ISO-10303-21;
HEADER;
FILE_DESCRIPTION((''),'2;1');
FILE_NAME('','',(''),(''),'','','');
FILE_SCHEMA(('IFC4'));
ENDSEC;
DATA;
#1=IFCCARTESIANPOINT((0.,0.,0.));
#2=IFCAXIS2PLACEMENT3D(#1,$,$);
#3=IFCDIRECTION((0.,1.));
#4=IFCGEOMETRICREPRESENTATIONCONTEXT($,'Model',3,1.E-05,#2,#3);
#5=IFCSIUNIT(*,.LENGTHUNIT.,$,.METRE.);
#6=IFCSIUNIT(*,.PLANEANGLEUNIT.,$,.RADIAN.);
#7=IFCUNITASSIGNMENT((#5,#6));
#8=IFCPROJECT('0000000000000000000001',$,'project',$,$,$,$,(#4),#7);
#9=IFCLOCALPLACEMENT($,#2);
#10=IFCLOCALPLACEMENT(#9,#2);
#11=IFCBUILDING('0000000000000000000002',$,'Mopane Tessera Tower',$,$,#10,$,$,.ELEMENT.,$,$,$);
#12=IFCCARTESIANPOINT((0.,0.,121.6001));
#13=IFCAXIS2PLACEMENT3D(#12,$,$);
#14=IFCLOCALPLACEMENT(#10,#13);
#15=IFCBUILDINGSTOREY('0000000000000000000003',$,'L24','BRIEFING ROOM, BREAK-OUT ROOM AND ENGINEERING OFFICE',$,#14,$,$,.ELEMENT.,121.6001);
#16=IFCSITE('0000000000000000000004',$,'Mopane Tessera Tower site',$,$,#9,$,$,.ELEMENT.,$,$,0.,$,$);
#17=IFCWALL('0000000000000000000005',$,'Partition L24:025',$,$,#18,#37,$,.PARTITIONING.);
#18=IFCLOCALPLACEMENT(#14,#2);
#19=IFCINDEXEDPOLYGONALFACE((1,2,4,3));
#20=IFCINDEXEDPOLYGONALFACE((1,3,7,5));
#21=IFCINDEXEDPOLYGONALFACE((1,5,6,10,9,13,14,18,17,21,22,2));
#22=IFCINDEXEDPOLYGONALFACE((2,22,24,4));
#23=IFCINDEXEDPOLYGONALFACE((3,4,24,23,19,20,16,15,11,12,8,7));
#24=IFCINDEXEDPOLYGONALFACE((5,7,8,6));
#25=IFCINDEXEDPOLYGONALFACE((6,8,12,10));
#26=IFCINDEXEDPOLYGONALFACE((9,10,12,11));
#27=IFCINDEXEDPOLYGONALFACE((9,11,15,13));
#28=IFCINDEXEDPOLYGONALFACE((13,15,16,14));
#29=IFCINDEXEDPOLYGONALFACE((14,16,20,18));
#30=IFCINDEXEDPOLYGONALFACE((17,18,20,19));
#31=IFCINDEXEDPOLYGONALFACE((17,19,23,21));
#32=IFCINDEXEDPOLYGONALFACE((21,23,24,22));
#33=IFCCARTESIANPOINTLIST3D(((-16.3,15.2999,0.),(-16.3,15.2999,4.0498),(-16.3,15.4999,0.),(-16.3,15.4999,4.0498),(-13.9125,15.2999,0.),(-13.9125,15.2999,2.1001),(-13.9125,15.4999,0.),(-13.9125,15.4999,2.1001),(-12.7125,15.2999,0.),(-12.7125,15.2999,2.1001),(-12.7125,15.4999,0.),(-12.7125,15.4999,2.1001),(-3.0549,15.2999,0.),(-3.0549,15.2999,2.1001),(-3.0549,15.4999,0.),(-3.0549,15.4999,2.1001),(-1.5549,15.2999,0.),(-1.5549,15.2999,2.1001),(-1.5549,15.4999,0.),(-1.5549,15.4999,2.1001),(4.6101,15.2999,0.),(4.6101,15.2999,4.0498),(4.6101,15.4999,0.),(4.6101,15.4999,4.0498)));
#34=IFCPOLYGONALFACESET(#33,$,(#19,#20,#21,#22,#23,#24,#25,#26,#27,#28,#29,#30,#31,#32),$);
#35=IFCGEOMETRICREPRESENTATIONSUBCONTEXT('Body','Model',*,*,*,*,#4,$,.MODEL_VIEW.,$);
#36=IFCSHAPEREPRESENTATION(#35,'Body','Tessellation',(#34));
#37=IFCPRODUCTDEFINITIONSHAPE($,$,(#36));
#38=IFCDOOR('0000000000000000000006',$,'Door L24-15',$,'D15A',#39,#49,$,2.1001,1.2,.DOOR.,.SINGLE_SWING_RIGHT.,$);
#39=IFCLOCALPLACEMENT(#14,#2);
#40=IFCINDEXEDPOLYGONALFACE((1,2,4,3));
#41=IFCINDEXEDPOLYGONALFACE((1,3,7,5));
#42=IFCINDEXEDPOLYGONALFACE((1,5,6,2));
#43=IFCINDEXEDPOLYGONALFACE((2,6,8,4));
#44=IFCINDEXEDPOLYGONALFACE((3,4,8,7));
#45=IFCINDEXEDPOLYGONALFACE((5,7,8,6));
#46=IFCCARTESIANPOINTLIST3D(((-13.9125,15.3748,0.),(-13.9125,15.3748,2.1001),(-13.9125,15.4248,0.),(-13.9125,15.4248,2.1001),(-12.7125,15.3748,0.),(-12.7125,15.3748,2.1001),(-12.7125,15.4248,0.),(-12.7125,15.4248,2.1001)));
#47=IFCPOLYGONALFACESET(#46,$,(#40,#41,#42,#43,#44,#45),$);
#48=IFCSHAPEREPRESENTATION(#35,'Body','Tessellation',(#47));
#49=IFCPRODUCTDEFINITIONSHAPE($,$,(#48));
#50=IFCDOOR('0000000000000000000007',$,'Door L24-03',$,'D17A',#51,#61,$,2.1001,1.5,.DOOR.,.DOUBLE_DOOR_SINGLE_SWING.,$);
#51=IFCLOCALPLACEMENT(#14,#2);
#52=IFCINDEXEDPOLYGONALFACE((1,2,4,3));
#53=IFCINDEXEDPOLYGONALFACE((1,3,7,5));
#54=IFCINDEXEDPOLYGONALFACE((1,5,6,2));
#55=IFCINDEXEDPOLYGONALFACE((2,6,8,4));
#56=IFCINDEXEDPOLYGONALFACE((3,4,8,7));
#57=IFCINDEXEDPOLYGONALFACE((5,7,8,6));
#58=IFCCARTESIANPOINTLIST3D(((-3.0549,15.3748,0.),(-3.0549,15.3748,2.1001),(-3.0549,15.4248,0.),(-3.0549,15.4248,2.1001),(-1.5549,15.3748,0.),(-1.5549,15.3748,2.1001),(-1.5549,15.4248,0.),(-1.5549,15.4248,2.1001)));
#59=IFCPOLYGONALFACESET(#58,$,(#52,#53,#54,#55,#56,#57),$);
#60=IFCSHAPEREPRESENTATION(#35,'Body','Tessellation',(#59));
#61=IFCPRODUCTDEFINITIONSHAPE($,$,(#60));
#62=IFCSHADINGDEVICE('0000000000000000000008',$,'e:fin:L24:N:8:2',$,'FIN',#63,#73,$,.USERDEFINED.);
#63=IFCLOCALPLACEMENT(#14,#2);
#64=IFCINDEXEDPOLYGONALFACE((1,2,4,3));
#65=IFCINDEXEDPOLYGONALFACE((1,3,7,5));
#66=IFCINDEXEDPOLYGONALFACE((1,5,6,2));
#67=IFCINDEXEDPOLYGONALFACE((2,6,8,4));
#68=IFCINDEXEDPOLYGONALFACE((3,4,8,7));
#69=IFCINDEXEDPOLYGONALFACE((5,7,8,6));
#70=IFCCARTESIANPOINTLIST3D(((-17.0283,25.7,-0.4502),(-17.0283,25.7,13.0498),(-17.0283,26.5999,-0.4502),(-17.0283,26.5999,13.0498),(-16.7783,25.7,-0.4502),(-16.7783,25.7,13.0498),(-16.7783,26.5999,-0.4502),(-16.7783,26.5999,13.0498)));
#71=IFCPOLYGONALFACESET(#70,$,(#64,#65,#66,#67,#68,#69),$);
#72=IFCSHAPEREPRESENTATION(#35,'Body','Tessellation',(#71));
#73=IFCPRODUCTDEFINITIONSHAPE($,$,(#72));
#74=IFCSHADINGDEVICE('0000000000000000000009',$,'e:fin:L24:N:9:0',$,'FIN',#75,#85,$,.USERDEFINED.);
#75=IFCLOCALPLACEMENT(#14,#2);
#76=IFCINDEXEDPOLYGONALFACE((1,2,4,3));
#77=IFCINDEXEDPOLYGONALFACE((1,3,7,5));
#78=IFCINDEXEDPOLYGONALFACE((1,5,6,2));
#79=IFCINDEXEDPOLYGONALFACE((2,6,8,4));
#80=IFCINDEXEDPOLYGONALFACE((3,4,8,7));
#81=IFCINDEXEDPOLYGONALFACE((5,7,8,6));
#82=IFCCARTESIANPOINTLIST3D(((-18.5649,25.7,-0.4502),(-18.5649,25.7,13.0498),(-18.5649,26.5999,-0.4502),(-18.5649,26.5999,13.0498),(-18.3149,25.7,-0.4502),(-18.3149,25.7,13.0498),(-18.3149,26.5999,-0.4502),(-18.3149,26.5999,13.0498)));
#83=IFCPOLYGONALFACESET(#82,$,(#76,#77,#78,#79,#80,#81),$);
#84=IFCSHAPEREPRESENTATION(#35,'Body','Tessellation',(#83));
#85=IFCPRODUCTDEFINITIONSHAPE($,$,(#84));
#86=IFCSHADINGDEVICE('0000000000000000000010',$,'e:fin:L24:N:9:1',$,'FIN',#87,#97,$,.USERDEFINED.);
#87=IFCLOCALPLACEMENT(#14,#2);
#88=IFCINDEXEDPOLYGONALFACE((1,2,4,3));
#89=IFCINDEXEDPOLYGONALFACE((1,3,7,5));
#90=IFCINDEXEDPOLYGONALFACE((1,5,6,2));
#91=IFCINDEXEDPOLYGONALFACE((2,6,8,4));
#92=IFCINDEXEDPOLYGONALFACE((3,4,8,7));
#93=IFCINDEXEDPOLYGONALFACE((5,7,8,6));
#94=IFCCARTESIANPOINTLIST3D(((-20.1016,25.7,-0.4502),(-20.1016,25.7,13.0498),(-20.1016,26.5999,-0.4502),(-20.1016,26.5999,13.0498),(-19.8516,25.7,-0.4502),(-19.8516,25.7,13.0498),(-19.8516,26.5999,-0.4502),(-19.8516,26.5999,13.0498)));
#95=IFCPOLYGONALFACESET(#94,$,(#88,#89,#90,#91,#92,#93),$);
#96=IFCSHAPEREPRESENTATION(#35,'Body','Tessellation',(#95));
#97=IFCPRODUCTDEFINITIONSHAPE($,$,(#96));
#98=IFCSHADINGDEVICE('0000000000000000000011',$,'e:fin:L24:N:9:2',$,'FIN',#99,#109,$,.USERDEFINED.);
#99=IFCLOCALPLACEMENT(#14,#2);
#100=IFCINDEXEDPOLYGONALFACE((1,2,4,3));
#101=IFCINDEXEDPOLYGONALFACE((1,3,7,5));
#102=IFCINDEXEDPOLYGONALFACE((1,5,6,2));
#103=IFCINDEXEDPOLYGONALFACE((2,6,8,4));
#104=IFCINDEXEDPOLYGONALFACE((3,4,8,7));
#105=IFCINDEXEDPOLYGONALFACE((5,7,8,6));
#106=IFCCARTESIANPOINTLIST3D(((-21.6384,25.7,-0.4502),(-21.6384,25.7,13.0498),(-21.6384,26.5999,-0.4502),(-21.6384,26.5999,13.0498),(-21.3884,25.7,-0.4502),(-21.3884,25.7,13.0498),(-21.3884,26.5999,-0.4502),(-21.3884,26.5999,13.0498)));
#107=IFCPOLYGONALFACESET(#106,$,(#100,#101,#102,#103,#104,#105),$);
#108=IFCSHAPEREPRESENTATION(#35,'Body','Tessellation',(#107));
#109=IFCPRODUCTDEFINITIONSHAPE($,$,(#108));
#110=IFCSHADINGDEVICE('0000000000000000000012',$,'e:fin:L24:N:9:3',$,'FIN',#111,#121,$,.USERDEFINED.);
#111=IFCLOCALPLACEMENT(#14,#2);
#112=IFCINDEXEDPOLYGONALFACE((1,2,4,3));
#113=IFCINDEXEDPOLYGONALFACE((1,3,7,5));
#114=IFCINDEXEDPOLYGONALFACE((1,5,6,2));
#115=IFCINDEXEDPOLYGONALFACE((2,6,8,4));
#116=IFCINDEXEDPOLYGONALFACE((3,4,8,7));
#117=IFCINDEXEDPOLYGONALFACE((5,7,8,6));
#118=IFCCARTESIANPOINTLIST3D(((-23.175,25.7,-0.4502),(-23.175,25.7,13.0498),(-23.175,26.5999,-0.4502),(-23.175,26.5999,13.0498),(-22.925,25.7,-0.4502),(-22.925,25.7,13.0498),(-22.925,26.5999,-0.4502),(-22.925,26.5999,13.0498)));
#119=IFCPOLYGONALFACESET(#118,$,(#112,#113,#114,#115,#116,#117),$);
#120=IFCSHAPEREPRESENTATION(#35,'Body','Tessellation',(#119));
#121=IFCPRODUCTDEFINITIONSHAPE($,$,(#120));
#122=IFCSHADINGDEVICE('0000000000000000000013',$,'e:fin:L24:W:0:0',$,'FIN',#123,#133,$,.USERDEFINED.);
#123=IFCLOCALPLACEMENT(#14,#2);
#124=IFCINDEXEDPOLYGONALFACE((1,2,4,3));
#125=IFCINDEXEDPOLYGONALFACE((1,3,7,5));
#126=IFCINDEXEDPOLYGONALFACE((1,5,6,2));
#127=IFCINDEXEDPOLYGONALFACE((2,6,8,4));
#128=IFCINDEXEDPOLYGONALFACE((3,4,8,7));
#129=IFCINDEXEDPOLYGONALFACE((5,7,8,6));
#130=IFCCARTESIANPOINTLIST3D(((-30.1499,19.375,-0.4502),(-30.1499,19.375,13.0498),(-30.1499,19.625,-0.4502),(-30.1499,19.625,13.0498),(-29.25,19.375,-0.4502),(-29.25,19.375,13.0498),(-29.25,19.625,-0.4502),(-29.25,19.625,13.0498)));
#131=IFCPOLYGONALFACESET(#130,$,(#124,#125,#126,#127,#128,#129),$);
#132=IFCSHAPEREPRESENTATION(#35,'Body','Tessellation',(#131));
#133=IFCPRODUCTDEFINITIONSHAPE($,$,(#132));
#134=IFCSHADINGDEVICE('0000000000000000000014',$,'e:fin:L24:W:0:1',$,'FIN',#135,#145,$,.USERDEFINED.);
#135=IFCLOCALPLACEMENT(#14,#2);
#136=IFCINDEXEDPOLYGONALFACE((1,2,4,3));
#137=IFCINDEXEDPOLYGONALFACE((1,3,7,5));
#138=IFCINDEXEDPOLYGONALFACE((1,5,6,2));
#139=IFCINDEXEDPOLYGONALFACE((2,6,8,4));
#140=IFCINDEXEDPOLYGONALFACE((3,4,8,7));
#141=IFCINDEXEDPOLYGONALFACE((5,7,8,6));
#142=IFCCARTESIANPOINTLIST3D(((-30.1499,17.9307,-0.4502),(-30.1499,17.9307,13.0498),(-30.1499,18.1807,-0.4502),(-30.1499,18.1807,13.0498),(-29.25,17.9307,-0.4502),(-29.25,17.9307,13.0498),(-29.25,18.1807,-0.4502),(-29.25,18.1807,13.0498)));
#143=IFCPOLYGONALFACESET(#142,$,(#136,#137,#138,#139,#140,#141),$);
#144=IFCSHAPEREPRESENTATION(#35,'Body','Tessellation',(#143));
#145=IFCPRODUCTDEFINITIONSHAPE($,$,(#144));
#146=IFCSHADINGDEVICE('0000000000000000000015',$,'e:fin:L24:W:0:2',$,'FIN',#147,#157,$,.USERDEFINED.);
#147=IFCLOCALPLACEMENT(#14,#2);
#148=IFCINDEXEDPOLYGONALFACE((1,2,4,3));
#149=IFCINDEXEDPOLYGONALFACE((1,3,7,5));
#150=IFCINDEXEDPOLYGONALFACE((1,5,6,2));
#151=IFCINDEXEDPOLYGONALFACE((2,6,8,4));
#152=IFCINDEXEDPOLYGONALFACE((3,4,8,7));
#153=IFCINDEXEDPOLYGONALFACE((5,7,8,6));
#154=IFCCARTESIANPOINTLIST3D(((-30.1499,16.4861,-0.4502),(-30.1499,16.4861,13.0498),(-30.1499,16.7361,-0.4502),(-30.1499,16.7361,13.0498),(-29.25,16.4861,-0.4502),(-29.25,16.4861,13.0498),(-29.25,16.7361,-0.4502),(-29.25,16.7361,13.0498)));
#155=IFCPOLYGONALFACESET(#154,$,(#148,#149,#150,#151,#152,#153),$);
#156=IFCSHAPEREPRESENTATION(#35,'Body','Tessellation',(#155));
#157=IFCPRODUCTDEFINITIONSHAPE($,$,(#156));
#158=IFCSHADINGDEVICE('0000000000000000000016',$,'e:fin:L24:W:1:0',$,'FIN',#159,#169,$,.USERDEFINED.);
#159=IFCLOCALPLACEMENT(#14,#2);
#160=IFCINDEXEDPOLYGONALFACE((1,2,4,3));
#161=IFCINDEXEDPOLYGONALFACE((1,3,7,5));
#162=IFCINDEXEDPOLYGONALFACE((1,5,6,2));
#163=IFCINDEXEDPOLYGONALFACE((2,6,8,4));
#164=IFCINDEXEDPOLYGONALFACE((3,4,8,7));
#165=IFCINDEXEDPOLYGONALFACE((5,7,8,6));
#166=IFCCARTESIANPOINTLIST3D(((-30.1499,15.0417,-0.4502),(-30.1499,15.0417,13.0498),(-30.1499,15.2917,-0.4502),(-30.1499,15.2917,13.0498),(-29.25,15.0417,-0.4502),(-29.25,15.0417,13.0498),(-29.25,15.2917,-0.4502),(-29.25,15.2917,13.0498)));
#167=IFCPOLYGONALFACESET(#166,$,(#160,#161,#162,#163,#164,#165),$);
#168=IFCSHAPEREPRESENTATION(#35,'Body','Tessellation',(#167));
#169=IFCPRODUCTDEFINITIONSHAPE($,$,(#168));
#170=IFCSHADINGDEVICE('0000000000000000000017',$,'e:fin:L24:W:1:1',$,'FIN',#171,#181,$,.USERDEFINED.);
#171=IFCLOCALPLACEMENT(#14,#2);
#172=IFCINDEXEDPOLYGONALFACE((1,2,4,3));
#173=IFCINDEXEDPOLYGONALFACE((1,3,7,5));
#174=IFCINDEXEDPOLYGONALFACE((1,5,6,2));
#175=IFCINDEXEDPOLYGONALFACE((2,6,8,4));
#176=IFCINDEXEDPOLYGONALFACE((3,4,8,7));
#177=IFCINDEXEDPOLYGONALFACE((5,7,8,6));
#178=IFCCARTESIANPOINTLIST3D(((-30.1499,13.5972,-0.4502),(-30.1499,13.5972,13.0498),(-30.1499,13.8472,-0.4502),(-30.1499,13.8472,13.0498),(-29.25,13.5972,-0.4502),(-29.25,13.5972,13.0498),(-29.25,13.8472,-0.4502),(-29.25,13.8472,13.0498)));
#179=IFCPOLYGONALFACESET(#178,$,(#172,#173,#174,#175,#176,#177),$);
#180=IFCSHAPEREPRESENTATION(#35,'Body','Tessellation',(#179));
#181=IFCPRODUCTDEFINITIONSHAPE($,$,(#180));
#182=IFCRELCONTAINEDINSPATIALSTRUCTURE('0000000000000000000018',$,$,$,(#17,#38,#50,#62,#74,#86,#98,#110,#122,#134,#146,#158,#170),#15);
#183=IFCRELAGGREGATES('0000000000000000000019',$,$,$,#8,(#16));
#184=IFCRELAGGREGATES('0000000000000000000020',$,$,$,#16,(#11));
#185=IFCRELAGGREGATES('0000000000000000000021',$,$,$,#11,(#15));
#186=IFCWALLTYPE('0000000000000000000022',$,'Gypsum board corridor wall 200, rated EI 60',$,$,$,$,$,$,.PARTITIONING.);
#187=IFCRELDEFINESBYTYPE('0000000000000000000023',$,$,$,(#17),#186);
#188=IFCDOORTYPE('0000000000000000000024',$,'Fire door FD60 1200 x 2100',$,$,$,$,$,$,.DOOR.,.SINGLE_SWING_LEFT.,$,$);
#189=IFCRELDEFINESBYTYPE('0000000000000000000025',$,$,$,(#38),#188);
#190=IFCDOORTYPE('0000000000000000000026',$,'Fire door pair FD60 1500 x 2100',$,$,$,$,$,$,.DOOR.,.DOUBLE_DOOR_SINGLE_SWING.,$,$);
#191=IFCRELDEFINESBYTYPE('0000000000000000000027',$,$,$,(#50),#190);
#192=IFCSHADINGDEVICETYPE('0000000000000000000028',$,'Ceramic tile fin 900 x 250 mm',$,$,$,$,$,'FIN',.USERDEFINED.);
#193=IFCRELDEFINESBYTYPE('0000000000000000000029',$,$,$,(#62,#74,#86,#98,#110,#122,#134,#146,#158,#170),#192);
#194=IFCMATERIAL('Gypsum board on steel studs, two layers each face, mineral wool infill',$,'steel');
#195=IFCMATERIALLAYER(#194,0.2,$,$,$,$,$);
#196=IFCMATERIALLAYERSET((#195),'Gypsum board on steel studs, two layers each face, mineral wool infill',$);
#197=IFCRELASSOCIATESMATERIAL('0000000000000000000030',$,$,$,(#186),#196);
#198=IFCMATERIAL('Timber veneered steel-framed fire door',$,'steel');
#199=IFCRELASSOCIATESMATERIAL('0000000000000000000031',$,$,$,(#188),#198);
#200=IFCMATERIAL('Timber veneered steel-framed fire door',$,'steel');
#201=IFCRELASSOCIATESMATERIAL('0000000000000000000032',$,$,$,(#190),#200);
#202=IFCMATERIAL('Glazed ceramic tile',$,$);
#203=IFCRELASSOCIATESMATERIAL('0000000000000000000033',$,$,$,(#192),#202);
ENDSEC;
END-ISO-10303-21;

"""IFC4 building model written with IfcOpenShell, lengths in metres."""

from ifc_helpers import new_model, si_unit, direction, frame, frame_2d, origin, origin_2d, place, context, subcontext, project, spatial, rectangle, extrude, material, layer, layer_set, type_object, element, fill, save


model = new_model("IFC4")

# Units and contexts
model_context = context("Model", 3, precision=1e-05, world=origin(), true_north=direction((0.0, 1.0)))
body_context = subcontext(model_context, "Body", "Model", "MODEL_VIEW")
ifc_project = project(units=[si_unit("LENGTHUNIT", "METRE"), si_unit("PLANEANGLEUNIT", "RADIAN")], contexts=[model_context])

# Site, building, storey
site_placement = place(None, origin())
site = spatial("IfcSite", under=ifc_project, at=site_placement, Name="Mopane Tessera Tower site", CompositionType="ELEMENT", RefElevation=0.0)
building_placement = place(site_placement, origin())
building = spatial("IfcBuilding", under=site, at=building_placement, Name="Mopane Tessera Tower", CompositionType="ELEMENT")
storey_placement = place(building_placement, frame((0.0, 0.0, 121.6001)))
storey = spatial("IfcBuildingStorey", under=building, at=storey_placement, Name="L24", Description="BRIEFING ROOM, BREAK-OUT ROOM AND ENGINEERING OFFICE", CompositionType="ELEMENT", Elevation=121.6001)

# Wall, openings, doors
ifc_material_1 = material(Name="Gypsum board on steel studs, two layers each face, mineral wool infill", Category="steel")
ifc_layer_1 = layer(ifc_material_1, 0.2)
ifc_layer_set_1 = layer_set([ifc_layer_1], Name="Gypsum board on steel studs, two layers each face, mineral wool infill")
wall_type_1 = type_object("IfcWallType", Name="Gypsum board corridor wall 200, rated EI 60", PredefinedType="PARTITIONING", material=ifc_layer_set_1)
wall_1_placement = place(storey_placement, frame((-16.3, 15.3999, 0.0), z_axis=(0.0, 0.0, 1.0), x_axis=(1.0, 0.0, 0.0)))
wall_1 = element("IfcWall", 1, at=wall_1_placement, inside=storey, type_object=wall_type_1, Name="Partition L24:025", PredefinedType="PARTITIONING", context=body_context, shape_type="SweptSolid", body=[
    extrude(rectangle(XDim=20.9102, YDim=0.2, at=frame_2d((10.4551, 0.0))), origin(), (0.0, 0.0, 1.0), 4.0498),
])
opening_1_placement = place(wall_1_placement, frame((13.2451, 0.0, 0.0)))
opening_1 = element("IfcOpeningElement", 2, at=opening_1_placement, cuts=wall_1, PredefinedType="OPENING", context=body_context, shape_type="SweptSolid", body=[
    extrude(rectangle(XDim=1.5, YDim=2.1001, at=frame_2d((0.75, 1.05))), frame((0.0, 0.1121, 0.0), z_axis=(0.0, -1.0, 0.0), x_axis=(1.0, 0.0, 0.0)), (0.0, 0.0, 1.0), 0.2239),
])
opening_2_placement = place(wall_1_placement, frame((2.3875, 0.0, 0.0)))
opening_2 = element("IfcOpeningElement", 3, at=opening_2_placement, cuts=wall_1, PredefinedType="OPENING", context=body_context, shape_type="SweptSolid", body=[
    extrude(rectangle(XDim=1.2, YDim=2.1001, at=frame_2d((0.6001, 1.05))), frame((0.0, 0.1121, 0.0), z_axis=(0.0, -1.0, 0.0), x_axis=(1.0, 0.0, 0.0)), (0.0, 0.0, 1.0), 0.2239),
])
ifc_material_2 = material(Name="Timber veneered steel-framed fire door", Category="steel")
door_type_1 = type_object("IfcDoorType", Name="Fire door FD60 1200 x 2100", OperationType="SINGLE_SWING_LEFT", PredefinedType="DOOR", material=ifc_material_2)
door_1_placement = place(opening_2_placement, origin())
door_1 = element("IfcDoor", 4, at=door_1_placement, inside=storey, type_object=door_type_1, Name="Door L24-15", ObjectType="D15A", OperationType="SINGLE_SWING_RIGHT", OverallHeight=2.1001, OverallWidth=1.2, PredefinedType="DOOR", context=body_context, shape_type="SweptSolid", body=[
    extrude(rectangle(XDim=1.2, YDim=2.1001, at=frame_2d((0.6001, 1.05))), frame((0.0, 0.0249, 0.0), z_axis=(0.0, -1.0, 0.0), x_axis=(1.0, 0.0, 0.0)), (0.0, 0.0, 1.0), 0.05),
])
fill(opening_2, door_1)
ifc_material_3 = material(Name="Timber veneered steel-framed fire door", Category="steel")
door_type_2 = type_object("IfcDoorType", Name="Fire door pair FD60 1500 x 2100", OperationType="DOUBLE_DOOR_SINGLE_SWING", PredefinedType="DOOR", material=ifc_material_3)
door_2_placement = place(opening_1_placement, origin())
door_2 = element("IfcDoor", 5, at=door_2_placement, inside=storey, type_object=door_type_2, Name="Door L24-03", ObjectType="D17A", OperationType="DOUBLE_DOOR_SINGLE_SWING", OverallHeight=2.1001, OverallWidth=1.5, PredefinedType="DOOR", context=body_context, shape_type="SweptSolid", body=[
    extrude(rectangle(XDim=1.5, YDim=2.1001, at=frame_2d((0.75, 1.05))), frame((0.0, 0.0249, 0.0), z_axis=(0.0, -1.0, 0.0), x_axis=(1.0, 0.0, 0.0)), (0.0, 0.0, 1.0), 0.05),
])
fill(opening_1, door_2)

# Shading devices
ifc_material_4 = material(Name="Glazed ceramic tile")
shading_device_type = type_object("IfcShadingDeviceType", Name="Ceramic tile fin 900 x 250 mm", ElementType="FIN", PredefinedType="USERDEFINED", material=ifc_material_4)
for number, where, z_axis, x_axis, name in (
    (6, (-16.9033, 26.1499, -0.4502), (0.0, 0.0, 1.0), (-1.0, 0.0, 0.0), "e:fin:L24:N:8:2"),
    (7, (-18.4399, 26.1499, -0.4502), (0.0, 0.0, 1.0), (-1.0, 0.0, 0.0), "e:fin:L24:N:9:0"),
    (8, (-19.9766, 26.1499, -0.4502), (0.0, 0.0, 1.0), (-1.0, 0.0, 0.0), "e:fin:L24:N:9:1"),
    (9, (-21.5134, 26.1499, -0.4502), (0.0, 0.0, 1.0), (-1.0, 0.0, 0.0), "e:fin:L24:N:9:2"),
    (10, (-23.05, 26.1499, -0.4502), (0.0, 0.0, 1.0), (-1.0, 0.0, 0.0), "e:fin:L24:N:9:3"),
    (11, (-29.7, 19.5, -0.4502), (0.0, 0.0, 1.0), (0.0, -1.0, 0.0), "e:fin:L24:W:0:0"),
    (12, (-29.7, 18.0557, -0.4502), (0.0, 0.0, 1.0), (0.0, -1.0, 0.0), "e:fin:L24:W:0:1"),
    (13, (-29.7, 16.6111, -0.4502), (0.0, 0.0, 1.0), (0.0, -1.0, 0.0), "e:fin:L24:W:0:2"),
    (14, (-29.7, 15.1667, -0.4502), (0.0, 0.0, 1.0), (0.0, -1.0, 0.0), "e:fin:L24:W:1:0"),
    (15, (-29.7, 13.7222, -0.4502), (0.0, 0.0, 1.0), (0.0, -1.0, 0.0), "e:fin:L24:W:1:1"),
):
    element("IfcShadingDevice", number, at=place(storey_placement, frame(where, z_axis=z_axis, x_axis=x_axis)), inside=storey, type_object=shading_device_type, Name=name, ObjectType="FIN", PredefinedType="USERDEFINED", context=body_context, shape_type="SweptSolid", body=[
        extrude(rectangle(XDim=0.25, YDim=0.8999, at=origin_2d()), origin(), (0.0, 0.0, 1.0), 13.5),
    ])

save(model, "model.ifc")
